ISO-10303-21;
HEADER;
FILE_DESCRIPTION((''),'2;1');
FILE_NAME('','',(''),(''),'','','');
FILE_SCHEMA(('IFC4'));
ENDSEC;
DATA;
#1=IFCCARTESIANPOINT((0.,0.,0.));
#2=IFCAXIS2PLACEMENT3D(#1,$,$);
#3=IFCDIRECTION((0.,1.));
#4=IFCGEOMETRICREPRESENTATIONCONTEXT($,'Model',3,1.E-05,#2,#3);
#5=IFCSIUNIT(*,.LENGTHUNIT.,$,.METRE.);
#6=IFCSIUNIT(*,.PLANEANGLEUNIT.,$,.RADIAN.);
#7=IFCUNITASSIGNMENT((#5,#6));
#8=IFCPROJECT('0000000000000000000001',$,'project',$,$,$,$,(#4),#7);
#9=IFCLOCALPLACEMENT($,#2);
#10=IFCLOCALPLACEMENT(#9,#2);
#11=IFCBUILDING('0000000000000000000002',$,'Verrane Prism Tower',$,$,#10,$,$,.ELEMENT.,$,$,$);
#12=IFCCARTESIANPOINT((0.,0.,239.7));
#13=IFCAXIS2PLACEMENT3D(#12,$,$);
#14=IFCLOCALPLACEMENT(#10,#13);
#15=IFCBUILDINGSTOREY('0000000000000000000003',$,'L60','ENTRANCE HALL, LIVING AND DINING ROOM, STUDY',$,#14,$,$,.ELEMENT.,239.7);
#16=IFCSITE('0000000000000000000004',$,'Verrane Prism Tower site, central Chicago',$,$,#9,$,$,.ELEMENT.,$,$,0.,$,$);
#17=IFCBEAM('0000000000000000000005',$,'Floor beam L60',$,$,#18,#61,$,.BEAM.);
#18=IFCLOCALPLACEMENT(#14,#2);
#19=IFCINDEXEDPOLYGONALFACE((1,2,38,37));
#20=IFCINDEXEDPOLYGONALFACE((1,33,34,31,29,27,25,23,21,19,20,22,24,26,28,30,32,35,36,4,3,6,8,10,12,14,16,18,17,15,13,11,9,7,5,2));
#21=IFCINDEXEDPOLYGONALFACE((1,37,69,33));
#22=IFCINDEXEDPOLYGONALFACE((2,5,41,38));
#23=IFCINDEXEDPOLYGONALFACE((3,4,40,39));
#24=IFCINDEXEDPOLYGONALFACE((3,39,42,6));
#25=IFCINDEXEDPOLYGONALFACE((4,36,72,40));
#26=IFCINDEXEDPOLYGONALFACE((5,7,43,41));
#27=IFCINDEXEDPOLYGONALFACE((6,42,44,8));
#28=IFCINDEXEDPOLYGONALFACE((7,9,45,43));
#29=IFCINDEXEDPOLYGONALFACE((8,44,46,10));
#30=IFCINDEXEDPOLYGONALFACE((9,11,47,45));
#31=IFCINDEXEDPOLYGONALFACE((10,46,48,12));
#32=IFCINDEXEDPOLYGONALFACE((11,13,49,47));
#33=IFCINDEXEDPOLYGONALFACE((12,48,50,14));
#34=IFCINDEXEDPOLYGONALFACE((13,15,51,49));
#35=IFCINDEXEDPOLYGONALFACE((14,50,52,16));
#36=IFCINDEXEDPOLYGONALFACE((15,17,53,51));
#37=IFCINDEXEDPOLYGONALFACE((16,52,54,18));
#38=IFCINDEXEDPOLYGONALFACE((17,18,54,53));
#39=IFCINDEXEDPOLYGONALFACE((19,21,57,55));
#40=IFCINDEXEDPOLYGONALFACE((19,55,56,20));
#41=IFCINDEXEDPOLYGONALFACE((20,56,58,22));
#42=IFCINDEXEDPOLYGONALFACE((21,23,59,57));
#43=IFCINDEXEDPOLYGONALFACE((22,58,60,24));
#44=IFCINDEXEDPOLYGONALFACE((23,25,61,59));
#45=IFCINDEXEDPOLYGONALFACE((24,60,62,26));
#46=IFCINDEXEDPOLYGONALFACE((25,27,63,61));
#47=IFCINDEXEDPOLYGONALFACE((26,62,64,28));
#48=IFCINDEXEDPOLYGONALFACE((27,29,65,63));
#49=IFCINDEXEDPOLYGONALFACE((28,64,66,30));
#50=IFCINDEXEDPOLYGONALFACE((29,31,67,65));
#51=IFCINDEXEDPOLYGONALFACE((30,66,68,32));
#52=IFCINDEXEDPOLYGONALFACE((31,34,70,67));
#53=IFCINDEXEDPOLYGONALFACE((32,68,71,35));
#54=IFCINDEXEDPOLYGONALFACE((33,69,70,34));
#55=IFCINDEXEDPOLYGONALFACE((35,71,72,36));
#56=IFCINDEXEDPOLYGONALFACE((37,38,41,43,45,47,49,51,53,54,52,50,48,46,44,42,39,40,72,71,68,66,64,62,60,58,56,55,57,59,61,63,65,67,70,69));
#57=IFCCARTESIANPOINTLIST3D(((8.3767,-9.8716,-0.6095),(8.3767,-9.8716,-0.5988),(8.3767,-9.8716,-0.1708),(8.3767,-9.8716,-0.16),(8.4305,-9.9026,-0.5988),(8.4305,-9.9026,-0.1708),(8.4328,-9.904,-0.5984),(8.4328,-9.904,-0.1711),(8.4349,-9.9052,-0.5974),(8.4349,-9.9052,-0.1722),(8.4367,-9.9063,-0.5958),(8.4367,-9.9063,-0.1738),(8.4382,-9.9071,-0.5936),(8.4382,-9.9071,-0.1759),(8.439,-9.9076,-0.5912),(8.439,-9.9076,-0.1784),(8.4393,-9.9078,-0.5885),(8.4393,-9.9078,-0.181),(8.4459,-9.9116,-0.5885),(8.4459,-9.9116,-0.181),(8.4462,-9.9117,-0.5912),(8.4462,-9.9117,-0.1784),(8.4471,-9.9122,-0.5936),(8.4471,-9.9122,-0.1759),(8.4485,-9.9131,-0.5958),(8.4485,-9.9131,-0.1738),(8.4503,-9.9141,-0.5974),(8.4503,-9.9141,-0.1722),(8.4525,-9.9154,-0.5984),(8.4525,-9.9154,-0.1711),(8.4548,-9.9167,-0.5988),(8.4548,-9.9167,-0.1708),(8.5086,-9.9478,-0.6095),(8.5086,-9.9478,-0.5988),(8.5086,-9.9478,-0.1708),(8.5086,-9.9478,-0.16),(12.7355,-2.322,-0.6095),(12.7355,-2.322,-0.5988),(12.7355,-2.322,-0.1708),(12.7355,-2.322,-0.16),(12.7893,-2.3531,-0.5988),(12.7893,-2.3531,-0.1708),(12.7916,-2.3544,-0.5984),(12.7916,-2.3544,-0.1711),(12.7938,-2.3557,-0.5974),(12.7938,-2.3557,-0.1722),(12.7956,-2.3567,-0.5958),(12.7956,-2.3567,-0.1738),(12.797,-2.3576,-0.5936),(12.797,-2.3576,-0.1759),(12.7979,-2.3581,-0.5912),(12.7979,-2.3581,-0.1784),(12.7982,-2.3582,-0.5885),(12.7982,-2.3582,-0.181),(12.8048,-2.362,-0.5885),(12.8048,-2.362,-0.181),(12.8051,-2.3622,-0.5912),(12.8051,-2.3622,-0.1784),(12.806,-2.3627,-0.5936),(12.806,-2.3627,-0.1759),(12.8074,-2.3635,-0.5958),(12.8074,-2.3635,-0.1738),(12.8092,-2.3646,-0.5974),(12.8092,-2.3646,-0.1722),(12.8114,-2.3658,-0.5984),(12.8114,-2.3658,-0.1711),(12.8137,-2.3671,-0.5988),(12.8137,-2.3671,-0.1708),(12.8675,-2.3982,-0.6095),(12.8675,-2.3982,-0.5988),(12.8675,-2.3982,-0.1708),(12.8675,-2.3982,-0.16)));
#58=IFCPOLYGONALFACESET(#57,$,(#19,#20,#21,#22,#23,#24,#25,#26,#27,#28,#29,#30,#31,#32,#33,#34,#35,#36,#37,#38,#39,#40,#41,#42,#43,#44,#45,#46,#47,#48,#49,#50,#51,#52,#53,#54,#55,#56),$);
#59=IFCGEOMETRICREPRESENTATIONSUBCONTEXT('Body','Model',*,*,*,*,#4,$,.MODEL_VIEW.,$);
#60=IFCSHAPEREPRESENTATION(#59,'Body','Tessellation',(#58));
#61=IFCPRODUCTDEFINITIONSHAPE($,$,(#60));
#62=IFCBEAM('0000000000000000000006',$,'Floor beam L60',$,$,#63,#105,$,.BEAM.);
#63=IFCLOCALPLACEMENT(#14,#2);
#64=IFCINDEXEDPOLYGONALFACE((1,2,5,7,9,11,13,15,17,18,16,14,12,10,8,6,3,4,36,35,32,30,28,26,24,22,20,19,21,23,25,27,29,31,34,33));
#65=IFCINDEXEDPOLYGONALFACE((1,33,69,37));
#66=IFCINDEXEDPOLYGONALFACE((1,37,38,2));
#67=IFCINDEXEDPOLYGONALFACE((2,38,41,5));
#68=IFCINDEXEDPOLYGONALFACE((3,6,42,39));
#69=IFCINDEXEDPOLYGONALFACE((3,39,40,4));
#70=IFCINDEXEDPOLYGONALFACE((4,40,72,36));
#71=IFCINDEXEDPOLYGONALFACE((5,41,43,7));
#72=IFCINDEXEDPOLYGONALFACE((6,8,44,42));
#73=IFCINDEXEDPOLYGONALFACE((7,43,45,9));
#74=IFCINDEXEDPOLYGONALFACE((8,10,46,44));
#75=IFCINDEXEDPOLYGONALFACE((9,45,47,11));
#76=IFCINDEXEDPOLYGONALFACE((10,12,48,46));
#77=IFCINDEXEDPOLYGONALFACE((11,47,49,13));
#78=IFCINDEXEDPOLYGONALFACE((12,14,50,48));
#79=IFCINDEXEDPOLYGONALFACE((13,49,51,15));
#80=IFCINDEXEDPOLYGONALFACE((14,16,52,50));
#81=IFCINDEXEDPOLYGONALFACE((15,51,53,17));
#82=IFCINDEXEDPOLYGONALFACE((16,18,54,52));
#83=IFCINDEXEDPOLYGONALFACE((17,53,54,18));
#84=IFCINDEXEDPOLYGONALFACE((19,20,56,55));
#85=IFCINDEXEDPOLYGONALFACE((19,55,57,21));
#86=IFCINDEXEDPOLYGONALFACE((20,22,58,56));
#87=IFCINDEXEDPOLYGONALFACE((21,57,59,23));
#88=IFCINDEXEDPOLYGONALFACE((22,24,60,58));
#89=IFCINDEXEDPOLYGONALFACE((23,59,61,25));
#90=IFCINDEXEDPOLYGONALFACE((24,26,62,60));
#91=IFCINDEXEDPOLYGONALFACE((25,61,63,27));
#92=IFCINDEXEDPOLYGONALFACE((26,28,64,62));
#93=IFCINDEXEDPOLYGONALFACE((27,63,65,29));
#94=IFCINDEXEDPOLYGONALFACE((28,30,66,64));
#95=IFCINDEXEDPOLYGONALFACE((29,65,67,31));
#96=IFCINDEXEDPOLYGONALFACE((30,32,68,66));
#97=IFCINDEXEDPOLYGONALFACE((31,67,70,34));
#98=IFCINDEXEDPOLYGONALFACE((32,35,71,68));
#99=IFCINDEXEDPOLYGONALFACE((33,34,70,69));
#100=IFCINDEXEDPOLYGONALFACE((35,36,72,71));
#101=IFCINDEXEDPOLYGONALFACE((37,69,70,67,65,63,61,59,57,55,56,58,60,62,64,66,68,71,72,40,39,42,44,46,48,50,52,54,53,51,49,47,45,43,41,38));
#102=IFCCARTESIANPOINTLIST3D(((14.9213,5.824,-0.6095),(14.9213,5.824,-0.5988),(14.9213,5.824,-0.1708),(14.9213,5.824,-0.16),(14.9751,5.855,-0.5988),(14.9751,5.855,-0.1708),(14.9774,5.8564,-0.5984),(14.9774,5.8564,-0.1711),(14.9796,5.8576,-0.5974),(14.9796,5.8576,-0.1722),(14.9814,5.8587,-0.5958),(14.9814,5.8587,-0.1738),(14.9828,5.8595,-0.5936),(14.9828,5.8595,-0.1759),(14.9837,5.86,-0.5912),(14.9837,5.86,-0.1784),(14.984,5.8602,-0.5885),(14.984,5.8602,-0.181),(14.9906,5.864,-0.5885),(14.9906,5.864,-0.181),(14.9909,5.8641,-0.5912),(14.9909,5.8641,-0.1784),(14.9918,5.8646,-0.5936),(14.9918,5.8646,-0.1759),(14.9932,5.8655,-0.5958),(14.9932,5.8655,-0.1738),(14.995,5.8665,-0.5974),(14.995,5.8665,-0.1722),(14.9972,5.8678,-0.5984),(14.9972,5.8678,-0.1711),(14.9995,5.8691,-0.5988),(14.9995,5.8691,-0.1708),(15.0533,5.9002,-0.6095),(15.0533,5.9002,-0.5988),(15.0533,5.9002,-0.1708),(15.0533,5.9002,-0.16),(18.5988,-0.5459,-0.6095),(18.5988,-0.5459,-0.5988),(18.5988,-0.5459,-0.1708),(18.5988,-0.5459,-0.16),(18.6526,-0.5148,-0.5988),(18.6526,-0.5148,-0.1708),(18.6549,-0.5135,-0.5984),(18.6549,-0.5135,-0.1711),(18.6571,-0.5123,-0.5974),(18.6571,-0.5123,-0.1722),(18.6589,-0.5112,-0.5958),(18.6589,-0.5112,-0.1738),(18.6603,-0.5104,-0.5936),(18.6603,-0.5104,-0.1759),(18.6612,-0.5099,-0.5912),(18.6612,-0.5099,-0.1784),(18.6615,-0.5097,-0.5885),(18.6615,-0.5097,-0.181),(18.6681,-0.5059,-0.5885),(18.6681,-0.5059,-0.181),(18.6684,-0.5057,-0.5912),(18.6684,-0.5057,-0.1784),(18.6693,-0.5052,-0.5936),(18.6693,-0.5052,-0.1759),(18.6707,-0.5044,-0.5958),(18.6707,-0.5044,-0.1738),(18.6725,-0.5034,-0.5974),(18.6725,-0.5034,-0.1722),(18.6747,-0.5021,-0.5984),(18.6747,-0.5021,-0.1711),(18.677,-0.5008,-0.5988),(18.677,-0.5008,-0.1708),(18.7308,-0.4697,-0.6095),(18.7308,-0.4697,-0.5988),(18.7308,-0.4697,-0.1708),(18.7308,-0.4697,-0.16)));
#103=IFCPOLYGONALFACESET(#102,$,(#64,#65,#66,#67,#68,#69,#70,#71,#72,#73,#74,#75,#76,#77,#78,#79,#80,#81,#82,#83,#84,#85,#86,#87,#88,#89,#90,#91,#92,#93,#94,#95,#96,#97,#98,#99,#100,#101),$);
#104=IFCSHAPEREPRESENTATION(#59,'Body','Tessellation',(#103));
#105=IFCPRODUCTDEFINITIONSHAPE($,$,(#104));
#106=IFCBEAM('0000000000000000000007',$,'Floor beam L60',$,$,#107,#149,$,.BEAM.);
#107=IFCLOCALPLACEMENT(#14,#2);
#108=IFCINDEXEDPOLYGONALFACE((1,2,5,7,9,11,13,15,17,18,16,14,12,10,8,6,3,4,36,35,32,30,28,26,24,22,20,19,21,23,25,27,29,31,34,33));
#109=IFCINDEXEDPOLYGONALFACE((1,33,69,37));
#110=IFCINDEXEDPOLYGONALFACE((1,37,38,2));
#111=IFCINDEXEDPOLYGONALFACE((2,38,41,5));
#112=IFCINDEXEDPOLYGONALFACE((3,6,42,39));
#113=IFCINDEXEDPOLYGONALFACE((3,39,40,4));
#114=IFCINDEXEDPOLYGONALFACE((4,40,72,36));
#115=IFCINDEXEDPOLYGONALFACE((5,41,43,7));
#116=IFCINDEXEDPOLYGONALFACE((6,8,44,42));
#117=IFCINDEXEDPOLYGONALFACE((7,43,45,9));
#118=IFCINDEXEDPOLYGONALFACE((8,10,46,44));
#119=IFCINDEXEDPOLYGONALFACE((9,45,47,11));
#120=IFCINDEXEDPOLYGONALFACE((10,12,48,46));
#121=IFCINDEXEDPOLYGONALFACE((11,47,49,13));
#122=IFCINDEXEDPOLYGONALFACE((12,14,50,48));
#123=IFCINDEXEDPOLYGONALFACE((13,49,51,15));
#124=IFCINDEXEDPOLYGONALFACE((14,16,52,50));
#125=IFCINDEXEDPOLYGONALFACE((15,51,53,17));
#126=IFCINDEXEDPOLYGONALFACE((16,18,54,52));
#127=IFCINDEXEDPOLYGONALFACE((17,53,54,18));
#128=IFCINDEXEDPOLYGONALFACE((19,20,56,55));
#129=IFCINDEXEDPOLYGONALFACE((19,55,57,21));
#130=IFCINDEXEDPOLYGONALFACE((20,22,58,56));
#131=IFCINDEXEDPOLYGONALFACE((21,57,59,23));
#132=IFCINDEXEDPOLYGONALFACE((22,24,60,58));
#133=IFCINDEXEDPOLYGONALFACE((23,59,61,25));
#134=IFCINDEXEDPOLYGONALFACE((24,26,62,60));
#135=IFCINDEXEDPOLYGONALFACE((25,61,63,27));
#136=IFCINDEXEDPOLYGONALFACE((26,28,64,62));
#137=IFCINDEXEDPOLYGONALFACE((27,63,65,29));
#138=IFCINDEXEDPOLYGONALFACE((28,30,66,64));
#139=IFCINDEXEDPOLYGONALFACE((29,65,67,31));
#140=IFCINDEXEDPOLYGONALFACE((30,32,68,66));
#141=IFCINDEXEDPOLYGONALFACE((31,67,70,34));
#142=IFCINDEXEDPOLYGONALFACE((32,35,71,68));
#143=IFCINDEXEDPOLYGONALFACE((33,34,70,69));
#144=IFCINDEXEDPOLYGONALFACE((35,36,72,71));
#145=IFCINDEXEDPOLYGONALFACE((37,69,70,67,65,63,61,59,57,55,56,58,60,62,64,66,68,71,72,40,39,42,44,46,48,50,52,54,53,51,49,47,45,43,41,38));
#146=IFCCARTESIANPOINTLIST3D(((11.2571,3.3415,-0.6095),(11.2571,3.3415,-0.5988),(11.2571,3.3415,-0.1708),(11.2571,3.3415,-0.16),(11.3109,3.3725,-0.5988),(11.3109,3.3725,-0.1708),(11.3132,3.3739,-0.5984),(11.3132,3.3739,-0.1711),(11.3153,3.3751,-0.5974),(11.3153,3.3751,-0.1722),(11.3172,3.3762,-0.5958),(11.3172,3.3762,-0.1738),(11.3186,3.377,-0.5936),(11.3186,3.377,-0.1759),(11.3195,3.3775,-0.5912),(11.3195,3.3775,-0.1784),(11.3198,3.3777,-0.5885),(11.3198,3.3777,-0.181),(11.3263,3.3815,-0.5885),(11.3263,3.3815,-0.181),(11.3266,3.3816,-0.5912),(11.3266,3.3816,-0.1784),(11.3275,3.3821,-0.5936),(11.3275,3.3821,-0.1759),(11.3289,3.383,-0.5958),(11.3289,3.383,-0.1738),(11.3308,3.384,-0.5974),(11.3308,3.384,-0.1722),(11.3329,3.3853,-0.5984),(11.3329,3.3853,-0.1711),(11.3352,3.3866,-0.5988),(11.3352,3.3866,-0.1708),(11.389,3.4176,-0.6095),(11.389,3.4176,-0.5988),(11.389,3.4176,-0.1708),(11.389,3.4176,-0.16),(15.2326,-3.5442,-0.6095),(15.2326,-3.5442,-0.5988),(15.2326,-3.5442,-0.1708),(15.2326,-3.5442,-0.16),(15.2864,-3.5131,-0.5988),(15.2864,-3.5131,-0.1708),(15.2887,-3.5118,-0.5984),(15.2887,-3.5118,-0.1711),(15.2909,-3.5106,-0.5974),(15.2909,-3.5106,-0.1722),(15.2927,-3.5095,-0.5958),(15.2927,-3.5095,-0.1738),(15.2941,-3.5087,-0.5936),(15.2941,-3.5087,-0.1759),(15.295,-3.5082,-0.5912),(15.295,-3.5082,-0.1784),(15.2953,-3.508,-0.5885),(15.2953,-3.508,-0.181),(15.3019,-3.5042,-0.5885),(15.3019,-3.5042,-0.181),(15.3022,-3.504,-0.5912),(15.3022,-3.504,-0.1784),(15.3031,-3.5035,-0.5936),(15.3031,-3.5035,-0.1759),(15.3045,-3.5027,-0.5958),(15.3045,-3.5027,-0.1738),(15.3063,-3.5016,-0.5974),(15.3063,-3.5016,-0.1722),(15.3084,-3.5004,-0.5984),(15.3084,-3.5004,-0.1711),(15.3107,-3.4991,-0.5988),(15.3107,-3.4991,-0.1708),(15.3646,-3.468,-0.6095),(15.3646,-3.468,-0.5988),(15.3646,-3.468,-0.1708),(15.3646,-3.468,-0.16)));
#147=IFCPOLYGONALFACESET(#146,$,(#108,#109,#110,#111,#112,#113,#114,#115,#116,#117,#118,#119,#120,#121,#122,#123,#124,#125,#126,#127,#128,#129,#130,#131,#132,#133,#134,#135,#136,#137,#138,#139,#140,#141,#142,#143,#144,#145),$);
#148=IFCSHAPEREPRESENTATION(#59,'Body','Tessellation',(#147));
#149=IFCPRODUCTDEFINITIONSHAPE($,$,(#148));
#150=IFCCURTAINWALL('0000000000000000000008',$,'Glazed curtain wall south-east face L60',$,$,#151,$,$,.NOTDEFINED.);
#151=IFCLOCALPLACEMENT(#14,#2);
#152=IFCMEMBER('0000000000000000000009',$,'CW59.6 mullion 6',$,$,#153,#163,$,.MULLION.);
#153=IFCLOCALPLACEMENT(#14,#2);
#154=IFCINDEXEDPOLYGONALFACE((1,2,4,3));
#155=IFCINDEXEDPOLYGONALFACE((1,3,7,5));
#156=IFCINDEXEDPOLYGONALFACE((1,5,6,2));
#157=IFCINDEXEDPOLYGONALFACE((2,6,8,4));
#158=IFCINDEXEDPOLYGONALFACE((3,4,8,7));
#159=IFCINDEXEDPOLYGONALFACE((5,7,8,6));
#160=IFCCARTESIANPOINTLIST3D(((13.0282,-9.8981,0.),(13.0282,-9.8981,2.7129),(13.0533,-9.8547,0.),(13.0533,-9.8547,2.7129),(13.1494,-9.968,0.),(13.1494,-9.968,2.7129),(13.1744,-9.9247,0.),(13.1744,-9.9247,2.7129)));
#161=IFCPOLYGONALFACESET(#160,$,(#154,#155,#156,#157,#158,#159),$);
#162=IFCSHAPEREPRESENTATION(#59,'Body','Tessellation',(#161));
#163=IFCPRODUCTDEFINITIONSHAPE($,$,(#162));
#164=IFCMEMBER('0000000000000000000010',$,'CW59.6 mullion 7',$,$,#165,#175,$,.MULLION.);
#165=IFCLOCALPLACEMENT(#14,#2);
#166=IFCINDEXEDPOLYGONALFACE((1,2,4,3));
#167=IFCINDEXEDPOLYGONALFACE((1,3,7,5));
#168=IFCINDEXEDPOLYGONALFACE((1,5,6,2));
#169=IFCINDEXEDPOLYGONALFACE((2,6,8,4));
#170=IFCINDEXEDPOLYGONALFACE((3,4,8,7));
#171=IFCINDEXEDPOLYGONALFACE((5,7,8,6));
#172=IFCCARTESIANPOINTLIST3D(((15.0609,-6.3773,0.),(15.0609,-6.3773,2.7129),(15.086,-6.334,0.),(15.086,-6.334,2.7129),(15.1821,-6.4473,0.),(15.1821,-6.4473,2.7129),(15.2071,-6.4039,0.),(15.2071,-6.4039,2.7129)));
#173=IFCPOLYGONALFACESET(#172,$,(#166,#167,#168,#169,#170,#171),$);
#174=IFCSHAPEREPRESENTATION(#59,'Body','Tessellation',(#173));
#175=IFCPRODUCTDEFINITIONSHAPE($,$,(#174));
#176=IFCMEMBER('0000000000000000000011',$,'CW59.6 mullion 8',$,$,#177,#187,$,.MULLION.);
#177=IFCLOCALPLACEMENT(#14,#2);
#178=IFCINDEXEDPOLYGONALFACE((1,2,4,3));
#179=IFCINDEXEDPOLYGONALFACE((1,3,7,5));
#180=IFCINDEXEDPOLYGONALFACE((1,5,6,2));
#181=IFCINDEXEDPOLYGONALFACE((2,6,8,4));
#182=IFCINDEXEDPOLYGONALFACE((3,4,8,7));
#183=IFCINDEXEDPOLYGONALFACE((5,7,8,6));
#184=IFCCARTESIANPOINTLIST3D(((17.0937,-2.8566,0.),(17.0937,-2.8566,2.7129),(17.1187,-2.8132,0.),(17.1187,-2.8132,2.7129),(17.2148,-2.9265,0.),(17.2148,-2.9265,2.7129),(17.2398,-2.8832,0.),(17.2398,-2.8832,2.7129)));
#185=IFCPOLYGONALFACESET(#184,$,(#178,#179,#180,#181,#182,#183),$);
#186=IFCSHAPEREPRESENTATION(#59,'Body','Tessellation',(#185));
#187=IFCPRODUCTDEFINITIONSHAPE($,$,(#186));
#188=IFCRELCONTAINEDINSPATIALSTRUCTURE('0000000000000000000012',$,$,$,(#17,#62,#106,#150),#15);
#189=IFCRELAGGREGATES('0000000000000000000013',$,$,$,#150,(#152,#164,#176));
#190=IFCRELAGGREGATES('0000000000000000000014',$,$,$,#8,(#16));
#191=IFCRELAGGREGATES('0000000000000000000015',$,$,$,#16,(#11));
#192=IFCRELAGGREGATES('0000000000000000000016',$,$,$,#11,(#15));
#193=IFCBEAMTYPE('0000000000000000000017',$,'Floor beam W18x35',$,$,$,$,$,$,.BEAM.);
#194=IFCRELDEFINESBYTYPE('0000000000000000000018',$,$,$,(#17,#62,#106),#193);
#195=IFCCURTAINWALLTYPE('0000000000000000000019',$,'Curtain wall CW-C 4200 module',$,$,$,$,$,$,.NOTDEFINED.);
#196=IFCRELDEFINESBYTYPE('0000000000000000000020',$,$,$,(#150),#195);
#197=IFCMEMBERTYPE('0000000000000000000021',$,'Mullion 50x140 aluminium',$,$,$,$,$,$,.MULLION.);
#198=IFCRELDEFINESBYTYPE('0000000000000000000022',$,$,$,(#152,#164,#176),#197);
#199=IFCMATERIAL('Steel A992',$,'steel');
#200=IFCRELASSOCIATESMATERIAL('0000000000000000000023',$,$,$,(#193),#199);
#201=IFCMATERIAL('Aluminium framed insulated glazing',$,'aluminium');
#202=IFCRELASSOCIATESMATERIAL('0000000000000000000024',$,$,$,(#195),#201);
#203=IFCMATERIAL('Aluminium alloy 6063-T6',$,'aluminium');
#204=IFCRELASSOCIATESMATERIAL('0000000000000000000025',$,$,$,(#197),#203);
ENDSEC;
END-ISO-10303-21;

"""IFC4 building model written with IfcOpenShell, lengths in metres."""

from ifc_helpers import new_model, si_unit, direction, frame, origin, origin_2d, place, context, subcontext, project, spatial, rectangle, i_section, extrude, material, material_profile, profile_set, type_object, element, aggregate, save


model = new_model("IFC4")

# Units and contexts
model_context = context("Model", 3, precision=1e-05, world=origin(), true_north=direction((0.0, 1.0)))
body_context = subcontext(model_context, "Body", "Model", "MODEL_VIEW")
ifc_project = project(units=[si_unit("LENGTHUNIT", "METRE"), si_unit("PLANEANGLEUNIT", "RADIAN")], contexts=[model_context])

# Site, building, storey
site_placement = place(None, origin())
site = spatial("IfcSite", under=ifc_project, at=site_placement, Name="Verrane Prism Tower site, central Chicago", CompositionType="ELEMENT", RefElevation=0.0)
building_placement = place(site_placement, origin())
building = spatial("IfcBuilding", under=site, at=building_placement, Name="Verrane Prism Tower", CompositionType="ELEMENT")
storey_placement = place(building_placement, frame((0.0, 0.0, 239.7)))
storey = spatial("IfcBuildingStorey", under=building, at=storey_placement, Name="L60", Description="ENTRANCE HALL, LIVING AND DINING ROOM, STUDY", CompositionType="ELEMENT", Elevation=239.7)

# Beams
ifc_material_1 = material(Name="Steel A992", Category="steel")
ifc_material_profile_1 = material_profile(ifc_material_1, i_section(OverallWidth=0.1523, OverallDepth=0.4495, WebThickness=0.0076, FlangeThickness=0.0107, FilletRadius=0.0103, at=origin_2d()), Name="W18x35")
ifc_profile_set_1 = profile_set([ifc_material_profile_1], Name="Steel A992")
beam_type_1 = type_object("IfcBeamType", Name="Floor beam W18x35", PredefinedType="BEAM", material=ifc_profile_set_1)
beam_1_placement = place(storey_placement, frame((8.4426, -9.9097, -0.3848), z_axis=(0.500013, 0.866018, 0.0), x_axis=(-0.866018, 0.500013, 0.0)))
element("IfcBeam", 1, at=beam_1_placement, inside=storey, type_object=beam_type_1, Name="Floor beam L60", PredefinedType="BEAM", context=body_context, shape_type="SweptSolid", body=[
    extrude(i_section(OverallWidth=0.1523, OverallDepth=0.4495, WebThickness=0.0076, FlangeThickness=0.0107, FilletRadius=0.0103, at=origin_2d()), origin(), (0.0, 0.0, 1.0), 8.7175),
])
beam_2_placement = place(storey_placement, frame((18.6648, -0.5078, -0.3848), z_axis=(-0.499984, 0.866035, 0.0), x_axis=(-0.866035, -0.499984, 0.0)))
element("IfcBeam", 2, at=beam_2_placement, inside=storey, type_object=beam_type_1, Name="Floor beam L60", PredefinedType="BEAM", context=body_context, shape_type="SweptSolid", body=[
    extrude(i_section(OverallWidth=0.1523, OverallDepth=0.4495, WebThickness=0.0076, FlangeThickness=0.0107, FilletRadius=0.0103, at=origin_2d()), origin(), (0.0, 0.0, 1.0), 7.3552),
])
beam_3_placement = place(storey_placement, frame((15.2986, -3.5061, -0.3848), z_axis=(-0.50001, 0.86602, 0.0), x_axis=(-0.86602, -0.50001, 0.0)))
element("IfcBeam", 3, at=beam_3_placement, inside=storey, type_object=beam_type_1, Name="Floor beam L60", PredefinedType="BEAM", context=body_context, shape_type="SweptSolid", body=[
    extrude(i_section(OverallWidth=0.1523, OverallDepth=0.4495, WebThickness=0.0076, FlangeThickness=0.0107, FilletRadius=0.0103, at=origin_2d()), origin(), (0.0, 0.0, 1.0), 7.9509),
])

# Curtain wall, members
ifc_material_2 = material(Name="Aluminium framed insulated glazing", Category="aluminium")
curtain_wall_type = type_object("IfcCurtainWallType", Name="Curtain wall CW-C 4200 module", PredefinedType="NOTDEFINED", material=ifc_material_2)
curtain_wall_placement = place(storey_placement, origin())
curtain_wall = element("IfcCurtainWall", 4, at=curtain_wall_placement, inside=storey, type_object=curtain_wall_type, Name="Glazed curtain wall south-east face L60", PredefinedType="NOTDEFINED")
ifc_material_3 = material(Name="Aluminium alloy 6063-T6", Category="aluminium")
ifc_material_profile_2 = material_profile(ifc_material_3, rectangle(XDim=0.1399, YDim=0.05, at=origin_2d()), Name="Mullion 50x140 aluminium")
ifc_profile_set_2 = profile_set([ifc_material_profile_2], Name="Aluminium alloy 6063-T6")
member_type_1 = type_object("IfcMemberType", Name="Mullion 50x140 aluminium", PredefinedType="MULLION", material=ifc_profile_set_2)
member_1_placement = place(storey_placement, frame((13.1013, -9.9114, 0.0), z_axis=(0.0, 0.0, 1.0), x_axis=(-0.866026, 0.499999, 0.0)))
member_1 = element("IfcMember", 5, at=member_1_placement, type_object=member_type_1, Name="CW59.6 mullion 6", PredefinedType="MULLION", context=body_context, shape_type="SweptSolid", body=[
    extrude(rectangle(XDim=0.1399, YDim=0.05, at=origin_2d()), origin(), (0.0, 0.0, 1.0), 2.7129),
])
member_2_placement = place(storey_placement, frame((15.134, -6.3906, 0.0), z_axis=(0.0, 0.0, 1.0), x_axis=(-0.866026, 0.499999, 0.0)))
member_2 = element("IfcMember", 6, at=member_2_placement, type_object=member_type_1, Name="CW59.6 mullion 7", PredefinedType="MULLION", context=body_context, shape_type="SweptSolid", body=[
    extrude(rectangle(XDim=0.1399, YDim=0.05, at=origin_2d()), origin(), (0.0, 0.0, 1.0), 2.7129),
])
member_3_placement = place(storey_placement, frame((17.1667, -2.8699, 0.0), z_axis=(0.0, 0.0, 1.0), x_axis=(-0.866026, 0.499999, 0.0)))
member_3 = element("IfcMember", 7, at=member_3_placement, type_object=member_type_1, Name="CW59.6 mullion 8", PredefinedType="MULLION", context=body_context, shape_type="SweptSolid", body=[
    extrude(rectangle(XDim=0.1399, YDim=0.05, at=origin_2d()), origin(), (0.0, 0.0, 1.0), 2.7129),
])

aggregate(curtain_wall, [member_1, member_2, member_3])

save(model, "model.ifc")
